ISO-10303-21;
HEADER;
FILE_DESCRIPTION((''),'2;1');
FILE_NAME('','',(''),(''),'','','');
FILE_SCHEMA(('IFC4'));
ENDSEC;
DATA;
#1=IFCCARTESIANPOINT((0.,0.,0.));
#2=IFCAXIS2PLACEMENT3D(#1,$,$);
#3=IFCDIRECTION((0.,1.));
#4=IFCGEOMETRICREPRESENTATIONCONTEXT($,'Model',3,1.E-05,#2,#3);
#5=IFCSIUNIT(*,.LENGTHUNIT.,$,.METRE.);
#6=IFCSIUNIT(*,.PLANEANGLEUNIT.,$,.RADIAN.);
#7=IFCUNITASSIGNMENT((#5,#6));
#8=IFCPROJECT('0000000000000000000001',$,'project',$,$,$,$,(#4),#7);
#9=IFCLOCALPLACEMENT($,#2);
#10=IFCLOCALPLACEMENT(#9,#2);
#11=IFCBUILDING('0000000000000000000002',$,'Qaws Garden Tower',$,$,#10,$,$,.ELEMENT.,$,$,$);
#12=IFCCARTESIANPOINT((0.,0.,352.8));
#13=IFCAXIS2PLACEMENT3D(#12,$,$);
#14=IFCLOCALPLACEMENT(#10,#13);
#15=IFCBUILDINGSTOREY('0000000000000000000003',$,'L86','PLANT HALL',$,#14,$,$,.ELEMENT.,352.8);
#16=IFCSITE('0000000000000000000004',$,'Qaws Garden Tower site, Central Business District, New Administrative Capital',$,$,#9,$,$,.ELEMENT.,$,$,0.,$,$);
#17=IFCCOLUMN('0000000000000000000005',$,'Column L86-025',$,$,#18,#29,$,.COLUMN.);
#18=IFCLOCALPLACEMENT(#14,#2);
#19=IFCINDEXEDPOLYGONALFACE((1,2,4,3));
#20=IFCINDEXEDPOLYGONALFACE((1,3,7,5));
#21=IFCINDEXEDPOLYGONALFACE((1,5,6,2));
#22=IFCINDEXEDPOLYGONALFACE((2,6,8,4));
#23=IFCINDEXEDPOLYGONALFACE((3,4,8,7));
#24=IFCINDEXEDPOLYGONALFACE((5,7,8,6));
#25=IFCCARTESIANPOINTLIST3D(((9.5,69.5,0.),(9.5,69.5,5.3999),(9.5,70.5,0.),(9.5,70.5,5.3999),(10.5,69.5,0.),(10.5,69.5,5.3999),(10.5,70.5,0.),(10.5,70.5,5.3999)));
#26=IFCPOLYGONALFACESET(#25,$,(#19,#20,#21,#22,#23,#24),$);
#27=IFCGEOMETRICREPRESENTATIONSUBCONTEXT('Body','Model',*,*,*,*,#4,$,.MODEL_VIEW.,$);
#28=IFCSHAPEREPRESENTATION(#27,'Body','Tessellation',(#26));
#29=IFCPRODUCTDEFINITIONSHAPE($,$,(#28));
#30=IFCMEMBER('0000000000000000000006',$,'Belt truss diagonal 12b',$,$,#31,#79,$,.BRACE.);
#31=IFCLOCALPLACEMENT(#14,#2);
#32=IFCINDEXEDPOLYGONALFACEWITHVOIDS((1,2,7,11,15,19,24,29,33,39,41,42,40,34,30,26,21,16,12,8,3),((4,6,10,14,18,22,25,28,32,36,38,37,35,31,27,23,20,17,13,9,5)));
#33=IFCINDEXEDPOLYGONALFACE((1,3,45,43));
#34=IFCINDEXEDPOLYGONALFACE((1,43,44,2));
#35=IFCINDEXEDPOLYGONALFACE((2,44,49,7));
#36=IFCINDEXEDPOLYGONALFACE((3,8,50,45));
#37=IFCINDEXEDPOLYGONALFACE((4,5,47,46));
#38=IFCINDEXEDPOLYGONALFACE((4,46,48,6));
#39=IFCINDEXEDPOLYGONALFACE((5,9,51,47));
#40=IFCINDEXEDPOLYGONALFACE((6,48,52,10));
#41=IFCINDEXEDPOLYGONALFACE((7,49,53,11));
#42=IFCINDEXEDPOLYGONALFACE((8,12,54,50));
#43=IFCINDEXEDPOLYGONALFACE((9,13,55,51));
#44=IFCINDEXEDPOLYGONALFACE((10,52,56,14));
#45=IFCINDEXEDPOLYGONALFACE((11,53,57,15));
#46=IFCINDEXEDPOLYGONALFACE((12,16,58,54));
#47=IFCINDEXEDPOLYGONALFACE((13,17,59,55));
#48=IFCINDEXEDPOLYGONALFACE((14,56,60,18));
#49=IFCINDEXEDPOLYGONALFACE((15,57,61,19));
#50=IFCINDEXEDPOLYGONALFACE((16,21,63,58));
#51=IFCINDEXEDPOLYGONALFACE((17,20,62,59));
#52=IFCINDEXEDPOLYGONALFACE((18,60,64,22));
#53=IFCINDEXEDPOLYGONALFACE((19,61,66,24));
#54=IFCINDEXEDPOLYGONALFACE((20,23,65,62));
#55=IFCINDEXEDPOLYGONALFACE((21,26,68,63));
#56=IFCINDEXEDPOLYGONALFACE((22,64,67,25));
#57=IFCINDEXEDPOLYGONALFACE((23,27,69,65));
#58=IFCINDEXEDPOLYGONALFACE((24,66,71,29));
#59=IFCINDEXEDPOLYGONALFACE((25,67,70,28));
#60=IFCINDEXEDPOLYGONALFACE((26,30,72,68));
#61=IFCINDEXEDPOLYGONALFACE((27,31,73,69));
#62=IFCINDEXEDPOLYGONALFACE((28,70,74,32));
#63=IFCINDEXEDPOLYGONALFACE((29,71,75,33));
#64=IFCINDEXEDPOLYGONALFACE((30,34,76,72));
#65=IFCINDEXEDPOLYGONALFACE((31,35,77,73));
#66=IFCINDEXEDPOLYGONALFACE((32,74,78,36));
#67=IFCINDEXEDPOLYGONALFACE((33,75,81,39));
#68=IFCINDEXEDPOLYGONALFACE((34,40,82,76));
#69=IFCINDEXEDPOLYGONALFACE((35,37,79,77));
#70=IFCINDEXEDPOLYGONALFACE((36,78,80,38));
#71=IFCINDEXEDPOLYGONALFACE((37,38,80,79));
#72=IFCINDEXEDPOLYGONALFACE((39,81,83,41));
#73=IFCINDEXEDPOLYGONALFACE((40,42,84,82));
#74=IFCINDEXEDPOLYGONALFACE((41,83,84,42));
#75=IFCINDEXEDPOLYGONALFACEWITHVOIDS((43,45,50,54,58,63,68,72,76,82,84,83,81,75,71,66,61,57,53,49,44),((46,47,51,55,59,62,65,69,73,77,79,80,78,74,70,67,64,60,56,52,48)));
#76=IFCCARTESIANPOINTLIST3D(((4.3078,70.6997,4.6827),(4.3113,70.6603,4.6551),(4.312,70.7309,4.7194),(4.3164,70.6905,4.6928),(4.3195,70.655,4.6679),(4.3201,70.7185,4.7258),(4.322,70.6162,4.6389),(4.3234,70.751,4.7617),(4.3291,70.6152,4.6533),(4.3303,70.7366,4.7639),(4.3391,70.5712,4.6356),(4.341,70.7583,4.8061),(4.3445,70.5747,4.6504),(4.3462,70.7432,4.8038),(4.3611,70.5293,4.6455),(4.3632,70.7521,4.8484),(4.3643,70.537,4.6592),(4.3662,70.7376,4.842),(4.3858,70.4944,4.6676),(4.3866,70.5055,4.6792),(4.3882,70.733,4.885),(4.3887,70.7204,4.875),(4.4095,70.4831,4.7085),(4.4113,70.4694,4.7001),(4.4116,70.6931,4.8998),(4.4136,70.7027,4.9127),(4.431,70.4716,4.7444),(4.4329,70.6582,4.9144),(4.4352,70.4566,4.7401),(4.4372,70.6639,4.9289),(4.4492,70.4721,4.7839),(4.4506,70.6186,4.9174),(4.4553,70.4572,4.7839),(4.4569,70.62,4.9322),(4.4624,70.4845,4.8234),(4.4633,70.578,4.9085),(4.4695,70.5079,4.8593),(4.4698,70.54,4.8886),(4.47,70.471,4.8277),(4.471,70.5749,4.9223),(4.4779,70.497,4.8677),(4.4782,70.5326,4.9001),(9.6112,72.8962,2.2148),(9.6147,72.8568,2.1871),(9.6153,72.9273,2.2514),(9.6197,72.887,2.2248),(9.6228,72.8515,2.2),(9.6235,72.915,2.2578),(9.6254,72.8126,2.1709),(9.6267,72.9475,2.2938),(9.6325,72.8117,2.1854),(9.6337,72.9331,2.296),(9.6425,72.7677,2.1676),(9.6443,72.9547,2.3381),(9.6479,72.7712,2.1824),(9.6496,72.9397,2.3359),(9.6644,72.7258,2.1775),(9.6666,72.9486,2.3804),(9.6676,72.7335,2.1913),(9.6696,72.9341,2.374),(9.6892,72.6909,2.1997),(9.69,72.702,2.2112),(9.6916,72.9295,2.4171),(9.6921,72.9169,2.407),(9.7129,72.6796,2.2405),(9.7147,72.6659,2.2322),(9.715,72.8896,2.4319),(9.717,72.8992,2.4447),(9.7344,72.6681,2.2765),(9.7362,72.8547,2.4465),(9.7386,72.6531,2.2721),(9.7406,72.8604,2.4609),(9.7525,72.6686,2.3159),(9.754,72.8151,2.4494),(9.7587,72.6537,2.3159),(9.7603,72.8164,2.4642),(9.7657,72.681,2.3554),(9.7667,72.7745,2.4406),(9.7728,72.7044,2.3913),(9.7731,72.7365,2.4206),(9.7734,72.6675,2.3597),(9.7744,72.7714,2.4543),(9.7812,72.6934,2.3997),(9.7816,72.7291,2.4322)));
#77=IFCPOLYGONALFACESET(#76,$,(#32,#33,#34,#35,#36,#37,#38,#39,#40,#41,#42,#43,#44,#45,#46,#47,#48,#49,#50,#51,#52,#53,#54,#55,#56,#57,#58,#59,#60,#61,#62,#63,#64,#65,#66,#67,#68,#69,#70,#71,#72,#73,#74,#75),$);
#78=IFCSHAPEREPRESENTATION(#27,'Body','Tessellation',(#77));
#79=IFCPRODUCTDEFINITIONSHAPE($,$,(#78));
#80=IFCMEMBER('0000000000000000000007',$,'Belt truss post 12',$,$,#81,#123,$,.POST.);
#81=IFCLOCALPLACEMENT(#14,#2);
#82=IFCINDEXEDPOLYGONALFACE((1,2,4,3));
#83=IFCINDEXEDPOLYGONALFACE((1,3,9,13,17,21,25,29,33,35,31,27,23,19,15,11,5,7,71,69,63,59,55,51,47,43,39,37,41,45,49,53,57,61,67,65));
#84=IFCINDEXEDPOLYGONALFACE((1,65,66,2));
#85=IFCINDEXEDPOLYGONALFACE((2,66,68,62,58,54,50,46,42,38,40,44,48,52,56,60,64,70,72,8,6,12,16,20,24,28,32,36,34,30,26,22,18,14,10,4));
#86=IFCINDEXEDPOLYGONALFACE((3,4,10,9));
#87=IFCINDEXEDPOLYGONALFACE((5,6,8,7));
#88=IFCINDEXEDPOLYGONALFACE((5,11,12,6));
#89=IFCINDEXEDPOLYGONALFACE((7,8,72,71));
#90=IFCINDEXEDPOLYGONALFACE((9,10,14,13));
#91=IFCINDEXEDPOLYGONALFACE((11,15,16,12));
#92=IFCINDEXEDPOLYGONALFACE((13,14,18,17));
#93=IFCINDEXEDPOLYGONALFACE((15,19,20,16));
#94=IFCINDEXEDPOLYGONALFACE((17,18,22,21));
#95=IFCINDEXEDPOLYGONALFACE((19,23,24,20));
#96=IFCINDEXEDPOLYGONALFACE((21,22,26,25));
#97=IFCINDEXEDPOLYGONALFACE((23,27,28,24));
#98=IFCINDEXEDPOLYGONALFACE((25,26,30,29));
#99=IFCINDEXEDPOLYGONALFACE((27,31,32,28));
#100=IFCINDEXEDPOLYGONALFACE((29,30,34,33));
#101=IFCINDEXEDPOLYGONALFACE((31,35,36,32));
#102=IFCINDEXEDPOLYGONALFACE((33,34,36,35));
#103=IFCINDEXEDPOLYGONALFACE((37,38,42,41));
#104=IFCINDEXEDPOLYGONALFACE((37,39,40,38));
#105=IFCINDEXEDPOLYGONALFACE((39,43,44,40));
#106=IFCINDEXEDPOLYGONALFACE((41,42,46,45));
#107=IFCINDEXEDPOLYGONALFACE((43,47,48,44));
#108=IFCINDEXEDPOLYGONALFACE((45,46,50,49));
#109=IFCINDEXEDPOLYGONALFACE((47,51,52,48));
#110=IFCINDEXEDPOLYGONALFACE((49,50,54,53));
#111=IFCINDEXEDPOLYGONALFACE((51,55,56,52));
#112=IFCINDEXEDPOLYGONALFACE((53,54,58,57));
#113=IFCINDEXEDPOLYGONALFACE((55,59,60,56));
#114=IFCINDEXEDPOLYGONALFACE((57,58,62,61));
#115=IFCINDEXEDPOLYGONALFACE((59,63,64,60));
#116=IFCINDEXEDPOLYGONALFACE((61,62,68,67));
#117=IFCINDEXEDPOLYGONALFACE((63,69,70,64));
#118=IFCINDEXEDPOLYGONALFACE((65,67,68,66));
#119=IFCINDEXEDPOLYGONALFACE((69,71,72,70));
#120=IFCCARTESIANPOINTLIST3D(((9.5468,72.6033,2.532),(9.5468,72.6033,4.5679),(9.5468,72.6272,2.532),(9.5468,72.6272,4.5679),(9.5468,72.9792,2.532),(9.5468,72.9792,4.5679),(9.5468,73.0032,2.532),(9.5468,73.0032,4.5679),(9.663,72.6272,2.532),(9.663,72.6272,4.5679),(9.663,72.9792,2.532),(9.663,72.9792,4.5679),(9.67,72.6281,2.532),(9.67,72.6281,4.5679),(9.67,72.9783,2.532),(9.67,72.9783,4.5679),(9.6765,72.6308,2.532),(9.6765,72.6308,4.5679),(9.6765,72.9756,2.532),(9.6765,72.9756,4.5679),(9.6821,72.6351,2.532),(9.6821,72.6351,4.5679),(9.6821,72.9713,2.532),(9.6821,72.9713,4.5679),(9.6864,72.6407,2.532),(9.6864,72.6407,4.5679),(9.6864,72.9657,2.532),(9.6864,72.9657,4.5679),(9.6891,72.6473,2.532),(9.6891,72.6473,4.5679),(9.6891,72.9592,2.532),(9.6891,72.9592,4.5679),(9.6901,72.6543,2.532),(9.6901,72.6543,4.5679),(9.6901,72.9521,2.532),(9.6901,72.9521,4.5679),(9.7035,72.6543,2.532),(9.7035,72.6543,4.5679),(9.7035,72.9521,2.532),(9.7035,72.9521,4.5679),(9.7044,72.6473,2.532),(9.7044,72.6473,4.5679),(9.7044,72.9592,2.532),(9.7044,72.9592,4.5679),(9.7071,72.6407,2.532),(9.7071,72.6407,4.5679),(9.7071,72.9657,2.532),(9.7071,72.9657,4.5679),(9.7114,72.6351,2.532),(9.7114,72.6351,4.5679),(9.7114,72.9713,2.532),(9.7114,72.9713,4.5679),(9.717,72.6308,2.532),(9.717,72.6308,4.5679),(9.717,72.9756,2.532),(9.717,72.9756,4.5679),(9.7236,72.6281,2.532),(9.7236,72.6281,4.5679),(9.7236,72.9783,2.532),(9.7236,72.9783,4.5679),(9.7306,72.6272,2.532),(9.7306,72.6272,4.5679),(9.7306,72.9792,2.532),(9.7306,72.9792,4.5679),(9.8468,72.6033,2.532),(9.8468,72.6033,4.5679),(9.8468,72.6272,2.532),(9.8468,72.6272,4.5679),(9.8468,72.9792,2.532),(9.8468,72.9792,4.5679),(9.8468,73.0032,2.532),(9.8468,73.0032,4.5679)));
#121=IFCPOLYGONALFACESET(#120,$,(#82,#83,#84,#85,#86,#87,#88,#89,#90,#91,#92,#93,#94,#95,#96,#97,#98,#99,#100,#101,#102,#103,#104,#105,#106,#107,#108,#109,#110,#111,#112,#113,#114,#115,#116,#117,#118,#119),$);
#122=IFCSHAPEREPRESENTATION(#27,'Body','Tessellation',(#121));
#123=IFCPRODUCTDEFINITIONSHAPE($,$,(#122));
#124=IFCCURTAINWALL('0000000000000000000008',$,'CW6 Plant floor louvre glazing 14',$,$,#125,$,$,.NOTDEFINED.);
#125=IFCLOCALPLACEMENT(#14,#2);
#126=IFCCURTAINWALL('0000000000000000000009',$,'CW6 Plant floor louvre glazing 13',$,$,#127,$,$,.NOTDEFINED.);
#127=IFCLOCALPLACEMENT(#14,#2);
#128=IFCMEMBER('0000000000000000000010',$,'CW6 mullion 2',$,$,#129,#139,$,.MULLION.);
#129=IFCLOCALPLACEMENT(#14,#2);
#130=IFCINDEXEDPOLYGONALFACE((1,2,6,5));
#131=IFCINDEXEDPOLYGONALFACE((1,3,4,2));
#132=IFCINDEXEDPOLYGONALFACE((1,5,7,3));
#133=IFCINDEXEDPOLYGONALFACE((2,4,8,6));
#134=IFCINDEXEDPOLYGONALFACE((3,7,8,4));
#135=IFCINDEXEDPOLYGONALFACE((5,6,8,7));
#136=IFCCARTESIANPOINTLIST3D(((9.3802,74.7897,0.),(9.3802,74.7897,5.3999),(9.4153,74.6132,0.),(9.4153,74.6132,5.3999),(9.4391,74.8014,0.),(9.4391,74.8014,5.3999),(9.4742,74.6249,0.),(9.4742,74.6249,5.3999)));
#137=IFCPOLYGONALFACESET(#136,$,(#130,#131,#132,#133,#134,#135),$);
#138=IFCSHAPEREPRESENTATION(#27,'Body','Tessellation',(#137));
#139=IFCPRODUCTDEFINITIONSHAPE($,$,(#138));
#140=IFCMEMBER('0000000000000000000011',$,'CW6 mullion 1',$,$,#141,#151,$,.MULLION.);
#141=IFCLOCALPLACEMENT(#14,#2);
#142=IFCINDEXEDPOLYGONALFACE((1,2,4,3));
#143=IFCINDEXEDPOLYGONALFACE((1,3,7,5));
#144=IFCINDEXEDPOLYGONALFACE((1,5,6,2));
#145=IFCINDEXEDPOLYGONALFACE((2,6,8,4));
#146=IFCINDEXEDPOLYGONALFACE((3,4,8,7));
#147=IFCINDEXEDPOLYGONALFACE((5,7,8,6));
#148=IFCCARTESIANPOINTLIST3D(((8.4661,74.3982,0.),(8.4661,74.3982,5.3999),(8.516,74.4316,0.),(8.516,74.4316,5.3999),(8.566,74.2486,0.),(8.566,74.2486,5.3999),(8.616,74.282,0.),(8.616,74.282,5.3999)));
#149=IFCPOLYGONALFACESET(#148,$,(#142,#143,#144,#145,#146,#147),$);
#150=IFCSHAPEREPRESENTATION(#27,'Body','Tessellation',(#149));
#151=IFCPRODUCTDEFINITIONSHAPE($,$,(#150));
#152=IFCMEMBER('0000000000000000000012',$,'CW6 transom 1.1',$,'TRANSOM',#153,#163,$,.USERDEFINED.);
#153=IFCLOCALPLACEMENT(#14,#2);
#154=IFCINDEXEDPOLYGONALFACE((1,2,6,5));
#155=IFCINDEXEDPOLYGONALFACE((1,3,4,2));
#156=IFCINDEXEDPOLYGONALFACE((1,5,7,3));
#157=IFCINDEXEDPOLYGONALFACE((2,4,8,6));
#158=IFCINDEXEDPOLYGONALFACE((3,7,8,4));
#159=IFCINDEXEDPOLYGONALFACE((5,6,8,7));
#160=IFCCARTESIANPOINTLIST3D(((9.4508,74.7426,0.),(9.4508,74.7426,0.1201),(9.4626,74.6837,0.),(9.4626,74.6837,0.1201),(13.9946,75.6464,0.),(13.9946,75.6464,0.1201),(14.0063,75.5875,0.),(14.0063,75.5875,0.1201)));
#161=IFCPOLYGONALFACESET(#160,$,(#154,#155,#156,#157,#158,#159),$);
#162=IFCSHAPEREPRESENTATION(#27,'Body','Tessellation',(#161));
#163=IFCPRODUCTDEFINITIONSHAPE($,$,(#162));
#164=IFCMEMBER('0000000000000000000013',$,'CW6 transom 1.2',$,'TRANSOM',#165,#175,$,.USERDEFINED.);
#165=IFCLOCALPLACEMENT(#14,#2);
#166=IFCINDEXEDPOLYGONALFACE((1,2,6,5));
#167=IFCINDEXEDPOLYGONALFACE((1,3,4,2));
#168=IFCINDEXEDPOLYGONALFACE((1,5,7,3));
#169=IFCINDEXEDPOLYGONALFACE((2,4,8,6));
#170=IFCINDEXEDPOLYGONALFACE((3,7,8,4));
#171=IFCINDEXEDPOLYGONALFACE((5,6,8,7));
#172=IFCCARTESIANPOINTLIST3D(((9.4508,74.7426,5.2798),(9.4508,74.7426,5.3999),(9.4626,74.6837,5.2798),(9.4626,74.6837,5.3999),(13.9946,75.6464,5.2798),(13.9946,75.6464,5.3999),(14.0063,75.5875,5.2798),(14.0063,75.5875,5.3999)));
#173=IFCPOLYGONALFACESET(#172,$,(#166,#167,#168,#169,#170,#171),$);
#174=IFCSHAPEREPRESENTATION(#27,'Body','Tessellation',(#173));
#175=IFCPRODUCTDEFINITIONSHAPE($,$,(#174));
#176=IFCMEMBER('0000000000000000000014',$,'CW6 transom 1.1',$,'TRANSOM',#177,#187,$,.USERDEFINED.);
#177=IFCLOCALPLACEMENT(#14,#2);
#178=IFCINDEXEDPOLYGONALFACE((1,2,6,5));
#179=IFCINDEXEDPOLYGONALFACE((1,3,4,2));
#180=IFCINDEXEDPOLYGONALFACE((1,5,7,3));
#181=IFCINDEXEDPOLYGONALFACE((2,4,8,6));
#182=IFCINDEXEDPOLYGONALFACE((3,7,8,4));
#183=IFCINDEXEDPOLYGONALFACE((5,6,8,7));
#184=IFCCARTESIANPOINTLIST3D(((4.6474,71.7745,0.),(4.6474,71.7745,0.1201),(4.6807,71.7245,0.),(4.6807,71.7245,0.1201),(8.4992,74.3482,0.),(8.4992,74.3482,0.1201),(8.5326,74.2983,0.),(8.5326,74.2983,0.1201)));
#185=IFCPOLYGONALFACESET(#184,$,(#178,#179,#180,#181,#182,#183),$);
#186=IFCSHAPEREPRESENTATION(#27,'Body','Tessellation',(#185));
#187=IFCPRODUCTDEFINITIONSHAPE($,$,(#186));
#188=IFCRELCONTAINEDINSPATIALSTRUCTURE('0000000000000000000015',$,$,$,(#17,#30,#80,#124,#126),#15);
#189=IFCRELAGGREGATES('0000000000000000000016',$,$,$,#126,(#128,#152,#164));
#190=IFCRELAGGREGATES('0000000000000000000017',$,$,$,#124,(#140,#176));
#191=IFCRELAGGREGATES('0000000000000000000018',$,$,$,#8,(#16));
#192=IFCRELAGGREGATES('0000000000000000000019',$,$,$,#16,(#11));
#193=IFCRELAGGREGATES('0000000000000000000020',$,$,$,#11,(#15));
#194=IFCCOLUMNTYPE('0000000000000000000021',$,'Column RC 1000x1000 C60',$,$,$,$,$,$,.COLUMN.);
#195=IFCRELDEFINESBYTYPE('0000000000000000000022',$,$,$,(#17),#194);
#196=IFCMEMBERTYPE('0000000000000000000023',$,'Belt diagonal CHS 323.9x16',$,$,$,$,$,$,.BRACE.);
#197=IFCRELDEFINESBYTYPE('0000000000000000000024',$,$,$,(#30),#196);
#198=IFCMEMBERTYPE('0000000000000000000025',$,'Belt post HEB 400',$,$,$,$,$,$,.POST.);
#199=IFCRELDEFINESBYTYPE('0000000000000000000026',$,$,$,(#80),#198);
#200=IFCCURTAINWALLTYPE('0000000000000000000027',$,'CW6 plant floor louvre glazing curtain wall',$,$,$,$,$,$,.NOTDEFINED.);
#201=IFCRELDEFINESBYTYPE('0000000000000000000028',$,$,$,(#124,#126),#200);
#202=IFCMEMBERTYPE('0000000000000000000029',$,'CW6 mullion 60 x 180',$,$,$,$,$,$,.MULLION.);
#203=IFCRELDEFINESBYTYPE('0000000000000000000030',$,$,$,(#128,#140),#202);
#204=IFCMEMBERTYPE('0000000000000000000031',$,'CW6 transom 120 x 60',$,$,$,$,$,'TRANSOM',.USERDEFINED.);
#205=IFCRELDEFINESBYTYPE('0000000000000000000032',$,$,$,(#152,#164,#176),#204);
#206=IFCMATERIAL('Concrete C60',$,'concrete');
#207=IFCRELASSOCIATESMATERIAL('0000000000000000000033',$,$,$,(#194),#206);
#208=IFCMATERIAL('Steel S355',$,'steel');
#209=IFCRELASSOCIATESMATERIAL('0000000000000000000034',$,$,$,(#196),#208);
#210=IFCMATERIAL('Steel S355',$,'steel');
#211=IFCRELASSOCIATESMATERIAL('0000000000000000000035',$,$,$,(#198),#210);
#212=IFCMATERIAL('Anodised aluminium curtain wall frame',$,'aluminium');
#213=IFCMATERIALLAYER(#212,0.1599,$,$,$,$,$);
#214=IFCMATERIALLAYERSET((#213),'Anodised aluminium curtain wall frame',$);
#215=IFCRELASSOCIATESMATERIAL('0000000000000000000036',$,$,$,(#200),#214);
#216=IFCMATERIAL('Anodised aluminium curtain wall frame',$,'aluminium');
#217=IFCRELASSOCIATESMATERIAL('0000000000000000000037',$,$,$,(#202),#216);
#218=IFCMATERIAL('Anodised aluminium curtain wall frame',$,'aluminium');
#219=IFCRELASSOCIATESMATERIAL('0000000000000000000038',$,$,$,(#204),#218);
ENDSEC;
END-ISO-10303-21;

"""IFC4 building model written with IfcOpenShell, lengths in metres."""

from ifc_helpers import new_model, si_unit, direction, frame, origin, origin_2d, place, context, subcontext, project, spatial, rectangle, hollow_circle, i_section, extrude, material, layer, layer_set, material_profile, profile_set, type_object, element, aggregate, save


model = new_model("IFC4")

# Units and contexts
model_context = context("Model", 3, precision=1e-05, world=origin(), true_north=direction((0.0, 1.0)))
body_context = subcontext(model_context, "Body", "Model", "MODEL_VIEW")
ifc_project = project(units=[si_unit("LENGTHUNIT", "METRE"), si_unit("PLANEANGLEUNIT", "RADIAN")], contexts=[model_context])

# Site, building, storey
site_placement = place(None, origin())
site = spatial("IfcSite", under=ifc_project, at=site_placement, Name="Qaws Garden Tower site, Central Business District, New Administrative Capital", CompositionType="ELEMENT", RefElevation=0.0)
building_placement = place(site_placement, origin())
building = spatial("IfcBuilding", under=site, at=building_placement, Name="Qaws Garden Tower", CompositionType="ELEMENT")
storey_placement = place(building_placement, frame((0.0, 0.0, 352.8)))
storey = spatial("IfcBuildingStorey", under=building, at=storey_placement, Name="L86", Description="PLANT HALL", CompositionType="ELEMENT", Elevation=352.8)

# Column
ifc_material_1 = material(Name="Concrete C60", Category="concrete")
ifc_material_profile_1 = material_profile(ifc_material_1, rectangle(XDim=1.0, YDim=1.0, at=origin_2d()), Name="RC 1000x1000")
ifc_profile_set_1 = profile_set([ifc_material_profile_1], Name="Concrete C60")
column_type = type_object("IfcColumnType", Name="Column RC 1000x1000 C60", PredefinedType="COLUMN", material=ifc_profile_set_1)
column_placement = place(storey_placement, frame((10.0, 70.0, 0.0), z_axis=(0.0, 0.0, 1.0), x_axis=(1.0, 0.0, 0.0)))
element("IfcColumn", 1, at=column_placement, inside=storey, type_object=column_type, Name="Column L86-025", PredefinedType="COLUMN", context=body_context, shape_type="SweptSolid", body=[
    extrude(rectangle(XDim=1.0, YDim=1.0, at=origin_2d()), origin(), (0.0, 0.0, 1.0), 5.3999),
])

# Members
ifc_material_2 = material(Name="Steel S355", Category="steel")
ifc_material_profile_2 = material_profile(ifc_material_2, hollow_circle(Radius=0.1619, WallThickness=0.0161, at=origin_2d()), Name="CHS 323.9x16")
ifc_profile_set_2 = profile_set([ifc_material_profile_2], Name="Steel S355")
member_type_1 = type_object("IfcMemberType", Name="Belt diagonal CHS 323.9x16", PredefinedType="BRACE", material=ifc_profile_set_2)
member_1_placement = place(storey_placement, frame((9.6968, 72.8032, 2.3159), z_axis=(-0.848771, -0.351535, 0.394983), x_axis=(0.382649, -0.923894, 0.0)))
element("IfcMember", 2, at=member_1_placement, inside=storey, type_object=member_type_1, Name="Belt truss diagonal 12b", PredefinedType="BRACE", context=body_context, shape_type="SweptSolid", body=[
    extrude(hollow_circle(Radius=0.1619, WallThickness=0.0161, at=origin_2d()), origin(), (0.0, 0.0, 1.0), 6.2483),
])
ifc_material_3 = material(Name="Steel S355", Category="steel")
ifc_material_profile_3 = material_profile(ifc_material_3, i_section(OverallWidth=0.3, OverallDepth=0.3999, WebThickness=0.0134, FlangeThickness=0.0239, FilletRadius=0.0271, at=origin_2d()), Name="HEB 400")
ifc_profile_set_3 = profile_set([ifc_material_profile_3], Name="Steel S355")
member_type_2 = type_object("IfcMemberType", Name="Belt post HEB 400", PredefinedType="POST", material=ifc_profile_set_3)
member_2_placement = place(storey_placement, frame((9.6968, 72.8032, 2.532), z_axis=(0.0, 0.0, 1.0), x_axis=(1.0, 0.0, 0.0)))
element("IfcMember", 3, at=member_2_placement, inside=storey, type_object=member_type_2, Name="Belt truss post 12", PredefinedType="POST", context=body_context, shape_type="SweptSolid", body=[
    extrude(i_section(OverallWidth=0.3, OverallDepth=0.3999, WebThickness=0.0134, FlangeThickness=0.0239, FilletRadius=0.0271, at=origin_2d()), origin(), (0.0, 0.0, 1.0), 2.0359),
])

# Curtain walls, member
ifc_material_4 = material(Name="Anodised aluminium curtain wall frame", Category="aluminium")
ifc_layer_1 = layer(ifc_material_4, 0.1599)
ifc_layer_set_1 = layer_set([ifc_layer_1], Name="Anodised aluminium curtain wall frame")
curtain_wall_type = type_object("IfcCurtainWallType", Name="CW6 plant floor louvre glazing curtain wall", PredefinedType="NOTDEFINED", material=ifc_layer_set_1)
placement_1 = place(storey_placement, origin())
curtain_wall_1 = element("IfcCurtainWall", 4, at=placement_1, inside=storey, type_object=curtain_wall_type, Name="CW6 Plant floor louvre glazing 14", PredefinedType="NOTDEFINED")
curtain_wall_2 = element("IfcCurtainWall", 5, at=placement_1, inside=storey, type_object=curtain_wall_type, Name="CW6 Plant floor louvre glazing 13", PredefinedType="NOTDEFINED")
ifc_material_5 = material(Name="Anodised aluminium curtain wall frame", Category="aluminium")
ifc_material_profile_4 = material_profile(ifc_material_5, rectangle(XDim=0.1799, YDim=0.0601, at=origin_2d()), Name="AL 60x180")
ifc_profile_set_4 = profile_set([ifc_material_profile_4], Name="Anodised aluminium curtain wall frame")
member_type_3 = type_object("IfcMemberType", Name="CW6 mullion 60 x 180", PredefinedType="MULLION", material=ifc_profile_set_4)
member_3_placement = place(storey_placement, frame((9.4272, 74.7073, 0.0), z_axis=(0.0, 0.0, 1.0), x_axis=(0.19509, -0.980785, 0.0)))
member_3 = element("IfcMember", 6, at=member_3_placement, type_object=member_type_3, Name="CW6 mullion 2", PredefinedType="MULLION", context=body_context, shape_type="SweptSolid", body=[
    extrude(rectangle(XDim=0.1799, YDim=0.0601, at=origin_2d()), origin(), (0.0, 0.0, 1.0), 5.3999),
])

# Members
member_4_placement = place(storey_placement, frame((8.541, 74.3401, 0.0), z_axis=(0.0, 0.0, 1.0), x_axis=(0.55557, -0.83147, 0.0)))
member_4 = element("IfcMember", 7, at=member_4_placement, type_object=member_type_3, Name="CW6 mullion 1", PredefinedType="MULLION", context=body_context, shape_type="SweptSolid", body=[
    extrude(rectangle(XDim=0.1799, YDim=0.0601, at=origin_2d()), origin(), (0.0, 0.0, 1.0), 5.3999),
])
ifc_material_6 = material(Name="Anodised aluminium curtain wall frame", Category="aluminium")
ifc_material_profile_5 = material_profile(ifc_material_6, rectangle(XDim=0.0601, YDim=0.1201, at=origin_2d()), Name="AL 60x120")
ifc_profile_set_5 = profile_set([ifc_material_profile_5], Name="Anodised aluminium curtain wall frame")
member_type_4 = type_object("IfcMemberType", Name="CW6 transom 120 x 60", ElementType="TRANSOM", PredefinedType="USERDEFINED", material=ifc_profile_set_5)
member_5_placement = place(storey_placement, frame((14.0005, 75.6169, 0.0601), z_axis=(-0.980785, -0.195092, 0.0), x_axis=(0.195092, -0.980785, 0.0)))
member_5 = element("IfcMember", 8, at=member_5_placement, type_object=member_type_4, Name="CW6 transom 1.1", ObjectType="TRANSOM", PredefinedType="USERDEFINED", context=body_context, shape_type="SweptSolid", body=[
    extrude(rectangle(XDim=0.0601, YDim=0.1201, at=origin_2d()), origin(), (0.0, 0.0, 1.0), 4.6328),
])
member_6_placement = place(storey_placement, frame((14.0005, 75.6169, 5.3398), z_axis=(-0.980785, -0.195092, 0.0), x_axis=(0.195092, -0.980785, 0.0)))
member_6 = element("IfcMember", 9, at=member_6_placement, type_object=member_type_4, Name="CW6 transom 1.2", ObjectType="TRANSOM", PredefinedType="USERDEFINED", context=body_context, shape_type="SweptSolid", body=[
    extrude(rectangle(XDim=0.0601, YDim=0.1201, at=origin_2d()), origin(), (0.0, 0.0, 1.0), 4.6328),
])
aggregate(curtain_wall_2, [member_3, member_5, member_6])
member_7_placement = place(storey_placement, frame((8.5159, 74.3232, 0.0601), z_axis=(-0.831466, -0.555576, 0.0), x_axis=(0.555576, -0.831466, 0.0)))
member_7 = element("IfcMember", 10, at=member_7_placement, type_object=member_type_4, Name="CW6 transom 1.1", ObjectType="TRANSOM", PredefinedType="USERDEFINED", context=body_context, shape_type="SweptSolid", body=[
    extrude(rectangle(XDim=0.0601, YDim=0.1201, at=origin_2d()), origin(), (0.0, 0.0, 1.0), 4.6326),
])

aggregate(curtain_wall_1, [member_4, member_7])

save(model, "model.ifc")
